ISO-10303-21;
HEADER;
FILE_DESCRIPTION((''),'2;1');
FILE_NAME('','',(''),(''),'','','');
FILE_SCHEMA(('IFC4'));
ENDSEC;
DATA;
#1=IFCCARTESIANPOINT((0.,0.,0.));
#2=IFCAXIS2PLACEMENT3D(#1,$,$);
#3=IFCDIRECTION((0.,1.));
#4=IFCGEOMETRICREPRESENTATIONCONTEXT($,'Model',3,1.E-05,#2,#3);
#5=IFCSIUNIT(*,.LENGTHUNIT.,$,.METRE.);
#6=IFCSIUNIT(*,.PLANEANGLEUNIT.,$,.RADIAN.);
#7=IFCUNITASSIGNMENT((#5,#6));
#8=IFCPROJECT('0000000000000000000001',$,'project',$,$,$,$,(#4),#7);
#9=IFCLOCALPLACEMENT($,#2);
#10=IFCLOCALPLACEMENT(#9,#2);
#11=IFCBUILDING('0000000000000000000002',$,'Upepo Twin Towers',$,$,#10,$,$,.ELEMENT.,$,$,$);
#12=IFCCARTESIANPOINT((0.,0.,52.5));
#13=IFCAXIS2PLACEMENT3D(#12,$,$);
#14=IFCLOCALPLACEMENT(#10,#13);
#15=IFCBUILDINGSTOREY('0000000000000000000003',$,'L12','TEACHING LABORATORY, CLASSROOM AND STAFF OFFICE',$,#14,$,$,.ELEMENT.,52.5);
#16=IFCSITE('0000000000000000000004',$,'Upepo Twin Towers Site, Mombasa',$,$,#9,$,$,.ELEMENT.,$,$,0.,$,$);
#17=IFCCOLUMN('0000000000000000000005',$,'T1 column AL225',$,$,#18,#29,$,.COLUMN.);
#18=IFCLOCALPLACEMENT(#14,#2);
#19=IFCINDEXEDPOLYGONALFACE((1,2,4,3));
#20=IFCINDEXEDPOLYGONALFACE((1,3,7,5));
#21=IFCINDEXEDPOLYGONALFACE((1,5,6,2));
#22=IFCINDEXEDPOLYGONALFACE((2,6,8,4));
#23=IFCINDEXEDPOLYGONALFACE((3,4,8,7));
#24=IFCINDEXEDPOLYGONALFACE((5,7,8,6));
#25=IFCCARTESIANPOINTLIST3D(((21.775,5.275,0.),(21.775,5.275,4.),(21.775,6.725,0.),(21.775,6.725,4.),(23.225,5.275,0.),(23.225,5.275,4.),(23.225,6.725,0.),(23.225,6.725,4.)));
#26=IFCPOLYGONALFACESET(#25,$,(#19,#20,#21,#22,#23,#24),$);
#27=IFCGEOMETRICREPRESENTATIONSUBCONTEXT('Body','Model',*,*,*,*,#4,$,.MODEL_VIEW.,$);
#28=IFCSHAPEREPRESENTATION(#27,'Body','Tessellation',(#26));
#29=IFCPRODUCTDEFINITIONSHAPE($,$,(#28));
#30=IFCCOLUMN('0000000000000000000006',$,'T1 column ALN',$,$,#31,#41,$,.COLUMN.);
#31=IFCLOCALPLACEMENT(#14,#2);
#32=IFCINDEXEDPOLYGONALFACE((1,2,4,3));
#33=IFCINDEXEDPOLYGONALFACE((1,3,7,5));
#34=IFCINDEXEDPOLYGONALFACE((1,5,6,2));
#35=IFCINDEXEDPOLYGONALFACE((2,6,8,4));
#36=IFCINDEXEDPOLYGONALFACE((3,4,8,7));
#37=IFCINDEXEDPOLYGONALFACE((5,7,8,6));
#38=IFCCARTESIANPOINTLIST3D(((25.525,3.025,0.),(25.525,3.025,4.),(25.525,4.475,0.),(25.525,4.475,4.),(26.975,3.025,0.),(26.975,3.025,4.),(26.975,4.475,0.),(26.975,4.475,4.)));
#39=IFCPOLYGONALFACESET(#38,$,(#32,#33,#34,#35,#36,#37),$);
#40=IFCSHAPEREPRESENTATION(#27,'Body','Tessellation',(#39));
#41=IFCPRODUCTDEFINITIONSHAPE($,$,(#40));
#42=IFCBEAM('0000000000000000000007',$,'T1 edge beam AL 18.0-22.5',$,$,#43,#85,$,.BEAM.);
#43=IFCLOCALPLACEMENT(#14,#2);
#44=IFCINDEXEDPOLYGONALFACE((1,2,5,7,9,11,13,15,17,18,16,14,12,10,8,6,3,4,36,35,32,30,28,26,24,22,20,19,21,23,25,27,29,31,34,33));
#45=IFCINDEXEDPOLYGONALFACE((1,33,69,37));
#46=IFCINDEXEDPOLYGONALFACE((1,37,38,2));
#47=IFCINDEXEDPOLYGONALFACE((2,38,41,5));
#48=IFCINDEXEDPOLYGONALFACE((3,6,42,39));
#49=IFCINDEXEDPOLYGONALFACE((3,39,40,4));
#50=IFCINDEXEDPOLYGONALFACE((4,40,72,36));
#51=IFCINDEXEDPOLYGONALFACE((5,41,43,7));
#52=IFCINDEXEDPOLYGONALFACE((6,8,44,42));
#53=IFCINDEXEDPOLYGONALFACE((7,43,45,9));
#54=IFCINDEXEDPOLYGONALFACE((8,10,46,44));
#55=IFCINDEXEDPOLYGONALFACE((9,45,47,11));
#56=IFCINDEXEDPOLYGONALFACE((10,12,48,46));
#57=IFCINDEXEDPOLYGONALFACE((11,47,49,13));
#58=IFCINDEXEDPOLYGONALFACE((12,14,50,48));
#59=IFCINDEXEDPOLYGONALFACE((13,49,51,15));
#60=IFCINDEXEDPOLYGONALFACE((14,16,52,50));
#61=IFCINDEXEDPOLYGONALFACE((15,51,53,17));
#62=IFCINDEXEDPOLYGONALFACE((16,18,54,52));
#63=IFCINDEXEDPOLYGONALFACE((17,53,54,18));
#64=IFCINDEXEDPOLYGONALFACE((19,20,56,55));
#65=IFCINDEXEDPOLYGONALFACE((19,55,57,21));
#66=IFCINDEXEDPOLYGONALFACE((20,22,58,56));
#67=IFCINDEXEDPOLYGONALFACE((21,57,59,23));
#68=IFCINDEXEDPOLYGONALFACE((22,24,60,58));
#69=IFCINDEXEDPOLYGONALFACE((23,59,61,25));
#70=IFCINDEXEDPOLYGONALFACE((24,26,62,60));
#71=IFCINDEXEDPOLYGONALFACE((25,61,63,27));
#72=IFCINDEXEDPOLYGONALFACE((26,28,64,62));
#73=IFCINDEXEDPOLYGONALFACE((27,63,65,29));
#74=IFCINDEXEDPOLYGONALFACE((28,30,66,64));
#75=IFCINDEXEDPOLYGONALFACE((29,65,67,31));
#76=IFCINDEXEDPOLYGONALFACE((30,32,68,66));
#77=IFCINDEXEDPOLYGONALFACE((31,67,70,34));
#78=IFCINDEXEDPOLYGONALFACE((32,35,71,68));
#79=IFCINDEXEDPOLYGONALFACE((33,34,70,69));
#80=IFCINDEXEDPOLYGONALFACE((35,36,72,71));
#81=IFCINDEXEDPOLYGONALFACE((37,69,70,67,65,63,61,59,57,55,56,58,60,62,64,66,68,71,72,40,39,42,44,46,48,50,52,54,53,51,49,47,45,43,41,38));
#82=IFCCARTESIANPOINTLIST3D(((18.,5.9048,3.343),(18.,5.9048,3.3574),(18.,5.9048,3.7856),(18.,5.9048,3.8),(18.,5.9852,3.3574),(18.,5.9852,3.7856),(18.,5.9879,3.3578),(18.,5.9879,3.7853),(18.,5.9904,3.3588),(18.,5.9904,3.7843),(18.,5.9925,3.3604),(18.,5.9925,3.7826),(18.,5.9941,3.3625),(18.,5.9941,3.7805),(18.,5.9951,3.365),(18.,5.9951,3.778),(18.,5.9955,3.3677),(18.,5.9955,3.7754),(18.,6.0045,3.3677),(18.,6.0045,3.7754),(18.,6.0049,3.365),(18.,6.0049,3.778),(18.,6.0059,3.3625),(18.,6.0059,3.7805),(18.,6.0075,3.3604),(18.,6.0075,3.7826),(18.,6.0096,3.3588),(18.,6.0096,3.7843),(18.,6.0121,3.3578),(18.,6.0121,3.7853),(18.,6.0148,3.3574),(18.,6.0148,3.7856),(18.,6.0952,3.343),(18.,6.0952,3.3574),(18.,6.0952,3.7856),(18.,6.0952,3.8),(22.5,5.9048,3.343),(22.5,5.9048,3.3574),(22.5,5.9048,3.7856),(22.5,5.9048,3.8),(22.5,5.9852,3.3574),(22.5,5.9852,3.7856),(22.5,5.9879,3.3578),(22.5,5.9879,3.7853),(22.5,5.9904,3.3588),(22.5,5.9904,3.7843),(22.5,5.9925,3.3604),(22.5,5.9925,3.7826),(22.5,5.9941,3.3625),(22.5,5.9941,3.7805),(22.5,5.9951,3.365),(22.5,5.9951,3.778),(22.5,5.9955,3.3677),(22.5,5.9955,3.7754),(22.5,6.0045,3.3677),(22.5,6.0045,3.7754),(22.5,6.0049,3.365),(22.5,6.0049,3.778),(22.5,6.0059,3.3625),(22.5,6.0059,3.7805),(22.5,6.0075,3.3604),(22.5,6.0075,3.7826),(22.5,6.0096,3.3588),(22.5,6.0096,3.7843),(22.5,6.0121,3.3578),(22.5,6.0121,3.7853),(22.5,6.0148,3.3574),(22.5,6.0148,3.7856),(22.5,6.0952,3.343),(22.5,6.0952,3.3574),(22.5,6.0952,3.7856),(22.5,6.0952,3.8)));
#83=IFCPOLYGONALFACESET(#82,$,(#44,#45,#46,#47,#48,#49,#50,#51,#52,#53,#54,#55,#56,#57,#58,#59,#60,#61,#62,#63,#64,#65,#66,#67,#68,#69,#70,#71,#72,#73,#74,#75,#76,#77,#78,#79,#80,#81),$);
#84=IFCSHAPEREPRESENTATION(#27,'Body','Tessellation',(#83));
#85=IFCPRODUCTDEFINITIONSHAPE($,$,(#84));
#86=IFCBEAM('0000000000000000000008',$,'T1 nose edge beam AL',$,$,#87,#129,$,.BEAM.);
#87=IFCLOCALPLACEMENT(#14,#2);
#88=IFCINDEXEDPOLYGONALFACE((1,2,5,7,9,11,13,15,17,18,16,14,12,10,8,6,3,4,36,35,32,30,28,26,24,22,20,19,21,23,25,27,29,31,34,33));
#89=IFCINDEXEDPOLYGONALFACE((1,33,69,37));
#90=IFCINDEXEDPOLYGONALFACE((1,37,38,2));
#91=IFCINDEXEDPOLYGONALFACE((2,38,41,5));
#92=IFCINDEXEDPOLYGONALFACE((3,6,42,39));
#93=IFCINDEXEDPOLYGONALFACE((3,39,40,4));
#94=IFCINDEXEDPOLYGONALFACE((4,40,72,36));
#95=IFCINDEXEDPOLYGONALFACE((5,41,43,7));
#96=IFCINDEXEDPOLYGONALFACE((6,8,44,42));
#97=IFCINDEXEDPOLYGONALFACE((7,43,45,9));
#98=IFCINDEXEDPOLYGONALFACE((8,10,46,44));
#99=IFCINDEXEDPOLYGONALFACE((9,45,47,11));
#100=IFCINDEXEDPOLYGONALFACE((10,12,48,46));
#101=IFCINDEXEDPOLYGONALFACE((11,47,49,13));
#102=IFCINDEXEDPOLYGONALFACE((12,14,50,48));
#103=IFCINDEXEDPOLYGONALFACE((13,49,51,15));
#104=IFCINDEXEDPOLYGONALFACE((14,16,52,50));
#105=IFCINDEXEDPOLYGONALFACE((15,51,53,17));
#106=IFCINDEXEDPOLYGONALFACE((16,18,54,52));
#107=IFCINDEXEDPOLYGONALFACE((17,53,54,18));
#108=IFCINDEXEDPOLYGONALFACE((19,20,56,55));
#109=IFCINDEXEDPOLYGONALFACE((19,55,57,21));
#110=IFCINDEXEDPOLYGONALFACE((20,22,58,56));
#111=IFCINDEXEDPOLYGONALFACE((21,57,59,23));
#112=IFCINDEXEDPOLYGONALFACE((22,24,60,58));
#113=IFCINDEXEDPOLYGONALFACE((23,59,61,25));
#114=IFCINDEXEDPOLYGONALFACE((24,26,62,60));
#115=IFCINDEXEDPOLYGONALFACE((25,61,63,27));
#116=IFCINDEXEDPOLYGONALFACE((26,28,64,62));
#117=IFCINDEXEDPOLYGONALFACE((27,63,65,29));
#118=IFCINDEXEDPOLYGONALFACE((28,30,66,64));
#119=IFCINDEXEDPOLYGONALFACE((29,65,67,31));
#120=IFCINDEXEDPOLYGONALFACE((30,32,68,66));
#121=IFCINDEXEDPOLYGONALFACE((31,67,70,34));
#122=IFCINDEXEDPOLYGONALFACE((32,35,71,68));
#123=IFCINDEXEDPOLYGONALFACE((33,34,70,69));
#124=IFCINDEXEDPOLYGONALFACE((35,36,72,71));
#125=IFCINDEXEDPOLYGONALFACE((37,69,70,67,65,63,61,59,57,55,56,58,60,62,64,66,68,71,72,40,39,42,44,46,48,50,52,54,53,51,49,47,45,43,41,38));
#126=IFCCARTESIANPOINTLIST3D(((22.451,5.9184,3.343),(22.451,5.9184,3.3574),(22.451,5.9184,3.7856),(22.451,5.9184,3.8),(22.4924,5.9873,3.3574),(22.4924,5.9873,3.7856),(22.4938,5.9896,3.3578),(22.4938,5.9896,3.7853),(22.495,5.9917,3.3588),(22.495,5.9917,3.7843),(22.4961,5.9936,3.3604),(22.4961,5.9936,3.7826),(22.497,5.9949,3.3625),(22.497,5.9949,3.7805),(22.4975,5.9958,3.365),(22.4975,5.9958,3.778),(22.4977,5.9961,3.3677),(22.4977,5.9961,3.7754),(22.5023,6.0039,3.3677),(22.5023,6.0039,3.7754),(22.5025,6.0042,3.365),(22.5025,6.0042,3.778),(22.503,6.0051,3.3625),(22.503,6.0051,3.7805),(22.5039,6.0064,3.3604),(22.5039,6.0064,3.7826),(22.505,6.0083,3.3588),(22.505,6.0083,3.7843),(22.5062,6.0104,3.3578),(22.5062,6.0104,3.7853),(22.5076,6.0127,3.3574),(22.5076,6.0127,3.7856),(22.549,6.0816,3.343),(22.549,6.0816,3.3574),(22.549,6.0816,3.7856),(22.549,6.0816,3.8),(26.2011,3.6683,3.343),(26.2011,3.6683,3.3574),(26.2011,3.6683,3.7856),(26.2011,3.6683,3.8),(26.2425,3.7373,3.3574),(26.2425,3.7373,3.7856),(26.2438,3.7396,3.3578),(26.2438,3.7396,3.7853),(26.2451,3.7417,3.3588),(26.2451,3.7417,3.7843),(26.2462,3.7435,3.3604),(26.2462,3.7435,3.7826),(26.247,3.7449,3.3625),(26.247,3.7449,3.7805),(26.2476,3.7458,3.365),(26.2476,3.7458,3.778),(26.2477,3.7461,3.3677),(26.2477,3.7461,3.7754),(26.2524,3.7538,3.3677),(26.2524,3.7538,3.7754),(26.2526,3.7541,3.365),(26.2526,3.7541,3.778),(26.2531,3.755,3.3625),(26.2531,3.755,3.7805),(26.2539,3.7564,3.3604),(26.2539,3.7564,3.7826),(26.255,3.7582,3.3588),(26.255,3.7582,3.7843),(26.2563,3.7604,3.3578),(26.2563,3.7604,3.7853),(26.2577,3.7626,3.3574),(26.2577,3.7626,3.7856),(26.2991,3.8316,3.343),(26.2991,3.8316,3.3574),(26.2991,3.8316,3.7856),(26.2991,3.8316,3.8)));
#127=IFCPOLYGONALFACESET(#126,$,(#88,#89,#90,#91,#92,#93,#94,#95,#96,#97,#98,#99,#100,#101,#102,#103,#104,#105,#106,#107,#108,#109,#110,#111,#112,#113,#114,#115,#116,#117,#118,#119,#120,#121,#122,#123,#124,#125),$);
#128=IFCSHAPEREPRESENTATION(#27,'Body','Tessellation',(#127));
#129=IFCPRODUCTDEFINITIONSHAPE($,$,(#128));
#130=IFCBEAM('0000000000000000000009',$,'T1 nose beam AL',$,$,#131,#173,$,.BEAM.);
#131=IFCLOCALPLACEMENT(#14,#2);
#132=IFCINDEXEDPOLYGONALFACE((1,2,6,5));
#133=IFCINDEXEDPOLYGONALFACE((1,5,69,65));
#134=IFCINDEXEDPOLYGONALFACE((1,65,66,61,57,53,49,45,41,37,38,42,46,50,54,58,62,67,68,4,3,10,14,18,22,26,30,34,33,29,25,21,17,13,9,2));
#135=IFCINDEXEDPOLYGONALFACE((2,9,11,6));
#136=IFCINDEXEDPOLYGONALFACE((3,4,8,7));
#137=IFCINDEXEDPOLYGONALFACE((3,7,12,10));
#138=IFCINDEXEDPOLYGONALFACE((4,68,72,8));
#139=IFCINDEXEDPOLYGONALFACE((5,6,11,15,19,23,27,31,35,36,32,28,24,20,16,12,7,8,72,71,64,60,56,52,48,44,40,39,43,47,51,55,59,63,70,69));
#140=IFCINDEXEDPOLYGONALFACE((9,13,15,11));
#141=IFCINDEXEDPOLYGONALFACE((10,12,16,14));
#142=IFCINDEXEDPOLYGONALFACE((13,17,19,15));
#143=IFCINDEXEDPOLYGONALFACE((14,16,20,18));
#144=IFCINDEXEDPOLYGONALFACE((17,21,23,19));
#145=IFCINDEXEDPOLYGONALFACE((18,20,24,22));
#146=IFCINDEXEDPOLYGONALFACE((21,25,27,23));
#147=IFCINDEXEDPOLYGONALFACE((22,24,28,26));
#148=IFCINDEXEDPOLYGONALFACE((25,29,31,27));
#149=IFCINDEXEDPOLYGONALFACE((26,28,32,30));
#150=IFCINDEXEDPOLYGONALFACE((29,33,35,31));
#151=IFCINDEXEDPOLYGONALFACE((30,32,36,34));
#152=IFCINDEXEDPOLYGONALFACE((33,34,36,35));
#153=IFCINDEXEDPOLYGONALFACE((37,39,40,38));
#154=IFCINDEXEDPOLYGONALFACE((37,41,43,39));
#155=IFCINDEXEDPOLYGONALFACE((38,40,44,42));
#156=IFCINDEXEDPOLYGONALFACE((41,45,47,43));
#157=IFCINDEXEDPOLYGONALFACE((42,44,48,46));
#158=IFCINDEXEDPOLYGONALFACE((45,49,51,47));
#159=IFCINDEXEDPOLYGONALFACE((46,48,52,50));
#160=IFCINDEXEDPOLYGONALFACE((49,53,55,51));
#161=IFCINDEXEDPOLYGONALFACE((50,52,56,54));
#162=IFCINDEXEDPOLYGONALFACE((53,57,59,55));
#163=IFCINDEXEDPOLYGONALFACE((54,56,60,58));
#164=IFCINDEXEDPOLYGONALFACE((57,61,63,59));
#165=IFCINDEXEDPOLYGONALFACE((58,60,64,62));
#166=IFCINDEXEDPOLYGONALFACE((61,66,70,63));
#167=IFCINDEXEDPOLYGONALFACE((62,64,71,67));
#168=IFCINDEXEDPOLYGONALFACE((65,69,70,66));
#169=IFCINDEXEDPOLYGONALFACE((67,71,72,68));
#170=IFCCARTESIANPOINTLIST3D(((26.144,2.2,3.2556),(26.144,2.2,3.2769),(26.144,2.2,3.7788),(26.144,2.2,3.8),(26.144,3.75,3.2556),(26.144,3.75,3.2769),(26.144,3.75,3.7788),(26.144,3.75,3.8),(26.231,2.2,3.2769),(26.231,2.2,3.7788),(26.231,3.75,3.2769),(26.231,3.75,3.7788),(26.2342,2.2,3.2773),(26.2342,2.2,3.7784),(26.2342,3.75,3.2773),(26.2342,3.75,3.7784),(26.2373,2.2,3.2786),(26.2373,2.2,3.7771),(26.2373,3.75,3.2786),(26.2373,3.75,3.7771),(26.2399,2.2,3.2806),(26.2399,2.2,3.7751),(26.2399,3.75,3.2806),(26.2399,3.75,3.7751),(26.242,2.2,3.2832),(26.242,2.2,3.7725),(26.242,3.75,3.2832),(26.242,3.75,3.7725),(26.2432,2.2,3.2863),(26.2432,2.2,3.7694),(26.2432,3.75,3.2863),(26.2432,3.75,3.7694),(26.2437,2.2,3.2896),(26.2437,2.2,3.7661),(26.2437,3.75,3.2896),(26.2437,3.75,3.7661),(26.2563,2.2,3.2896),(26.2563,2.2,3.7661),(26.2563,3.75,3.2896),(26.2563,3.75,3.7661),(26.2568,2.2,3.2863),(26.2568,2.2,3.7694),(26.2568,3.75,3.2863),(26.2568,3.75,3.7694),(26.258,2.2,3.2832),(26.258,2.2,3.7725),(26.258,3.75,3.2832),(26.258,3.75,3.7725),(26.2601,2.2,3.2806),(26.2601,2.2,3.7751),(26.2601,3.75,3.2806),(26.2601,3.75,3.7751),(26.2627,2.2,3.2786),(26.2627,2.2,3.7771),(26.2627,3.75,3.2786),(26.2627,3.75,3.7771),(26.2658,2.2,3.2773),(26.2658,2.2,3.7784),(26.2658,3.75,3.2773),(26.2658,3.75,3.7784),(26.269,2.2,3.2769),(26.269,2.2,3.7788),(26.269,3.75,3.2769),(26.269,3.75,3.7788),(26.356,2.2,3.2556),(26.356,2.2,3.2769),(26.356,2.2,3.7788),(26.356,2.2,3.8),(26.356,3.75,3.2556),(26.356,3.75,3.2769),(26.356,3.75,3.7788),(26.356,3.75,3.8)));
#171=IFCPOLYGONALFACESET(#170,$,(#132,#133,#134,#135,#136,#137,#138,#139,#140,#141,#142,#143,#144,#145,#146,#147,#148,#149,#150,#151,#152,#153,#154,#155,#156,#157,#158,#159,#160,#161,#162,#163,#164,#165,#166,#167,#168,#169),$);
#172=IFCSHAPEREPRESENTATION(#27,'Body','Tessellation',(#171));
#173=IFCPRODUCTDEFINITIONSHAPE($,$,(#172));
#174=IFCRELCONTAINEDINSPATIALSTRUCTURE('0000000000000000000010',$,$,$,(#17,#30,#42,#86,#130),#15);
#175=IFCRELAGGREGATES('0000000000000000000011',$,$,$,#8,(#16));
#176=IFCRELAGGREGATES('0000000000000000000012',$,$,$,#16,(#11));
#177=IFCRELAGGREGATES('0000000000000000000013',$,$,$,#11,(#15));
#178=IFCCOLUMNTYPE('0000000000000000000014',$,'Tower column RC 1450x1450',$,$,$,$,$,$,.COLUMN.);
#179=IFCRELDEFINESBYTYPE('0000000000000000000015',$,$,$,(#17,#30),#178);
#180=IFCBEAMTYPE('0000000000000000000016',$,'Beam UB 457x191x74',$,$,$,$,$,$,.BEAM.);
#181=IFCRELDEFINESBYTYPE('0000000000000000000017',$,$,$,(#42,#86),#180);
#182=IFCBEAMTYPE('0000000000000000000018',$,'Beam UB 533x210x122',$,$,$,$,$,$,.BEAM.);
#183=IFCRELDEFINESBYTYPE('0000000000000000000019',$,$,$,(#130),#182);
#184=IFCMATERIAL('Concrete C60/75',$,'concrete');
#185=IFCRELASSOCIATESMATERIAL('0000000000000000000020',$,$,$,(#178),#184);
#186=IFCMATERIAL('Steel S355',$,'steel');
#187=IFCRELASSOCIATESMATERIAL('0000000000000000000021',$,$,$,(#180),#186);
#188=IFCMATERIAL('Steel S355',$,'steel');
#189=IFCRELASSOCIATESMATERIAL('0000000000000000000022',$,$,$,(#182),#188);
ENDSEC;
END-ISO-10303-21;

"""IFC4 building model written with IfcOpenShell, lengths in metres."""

from ifc_helpers import new_model, si_unit, direction, frame, origin, origin_2d, place, context, subcontext, project, spatial, rectangle, i_section, extrude, material, material_profile, profile_set, type_object, element, save


model = new_model("IFC4")

# Units and contexts
model_context = context("Model", 3, precision=1e-05, world=origin(), true_north=direction((0.0, 1.0)))
body_context = subcontext(model_context, "Body", "Model", "MODEL_VIEW")
ifc_project = project(units=[si_unit("LENGTHUNIT", "METRE"), si_unit("PLANEANGLEUNIT", "RADIAN")], contexts=[model_context])

# Site, building, storey
site_placement = place(None, origin())
site = spatial("IfcSite", under=ifc_project, at=site_placement, Name="Upepo Twin Towers Site, Mombasa", CompositionType="ELEMENT", RefElevation=0.0)
building_placement = place(site_placement, origin())
building = spatial("IfcBuilding", under=site, at=building_placement, Name="Upepo Twin Towers", CompositionType="ELEMENT")
storey_placement = place(building_placement, frame((0.0, 0.0, 52.5)))
storey = spatial("IfcBuildingStorey", under=building, at=storey_placement, Name="L12", Description="TEACHING LABORATORY, CLASSROOM AND STAFF OFFICE", CompositionType="ELEMENT", Elevation=52.5)

# Columns
ifc_material_1 = material(Name="Concrete C60/75", Category="concrete")
ifc_material_profile_1 = material_profile(ifc_material_1, rectangle(XDim=1.45, YDim=1.45, at=origin_2d()), Name="RC 1450x1450")
ifc_profile_set_1 = profile_set([ifc_material_profile_1], Name="Concrete C60/75")
column_type = type_object("IfcColumnType", Name="Tower column RC 1450x1450", PredefinedType="COLUMN", material=ifc_profile_set_1)
for number, where, z_axis, x_axis, name in (
    (1, (22.5, 6.0, 0.0), (0.0, 0.0, 1.0), (1.0, 0.0, 0.0), "T1 column AL225"),
    (2, (26.25, 3.75, 0.0), (0.0, 0.0, 1.0), (1.0, 0.0, 0.0), "T1 column ALN"),
):
    element("IfcColumn", number, at=place(storey_placement, frame(where, z_axis=z_axis, x_axis=x_axis)), inside=storey, type_object=column_type, Name=name, PredefinedType="COLUMN", context=body_context, shape_type="SweptSolid", body=[
        extrude(rectangle(XDim=1.45, YDim=1.45, at=origin_2d()), origin(), (0.0, 0.0, 1.0), 4.0),
    ])

# Beams
ifc_material_2 = material(Name="Steel S355", Category="steel")
ifc_material_profile_2 = material_profile(ifc_material_2, i_section(OverallWidth=0.1904, OverallDepth=0.457, WebThickness=0.009, FlangeThickness=0.0144, FilletRadius=0.0103, at=origin_2d()), Name="UB 457x191x74")
ifc_profile_set_2 = profile_set([ifc_material_profile_2], Name="Steel S355")
beam_type_1 = type_object("IfcBeamType", Name="Beam UB 457x191x74", PredefinedType="BEAM", material=ifc_profile_set_2)
beam_1_placement = place(storey_placement, frame((18.0, 6.0, 3.5715), z_axis=(1.0, 0.0, 0.0), x_axis=(0.0, 1.0, 0.0)))
element("IfcBeam", 3, at=beam_1_placement, inside=storey, type_object=beam_type_1, Name="T1 edge beam AL 18.0-22.5", PredefinedType="BEAM", context=body_context, shape_type="SweptSolid", body=[
    extrude(i_section(OverallWidth=0.1904, OverallDepth=0.457, WebThickness=0.009, FlangeThickness=0.0144, FilletRadius=0.0103, at=origin_2d()), origin(), (0.0, 0.0, 1.0), 4.5),
])
beam_2_placement = place(storey_placement, frame((22.5, 6.0, 3.5715), z_axis=(0.857493, -0.514496, 0.0), x_axis=(0.514496, 0.857493, 0.0)))
element("IfcBeam", 4, at=beam_2_placement, inside=storey, type_object=beam_type_1, Name="T1 nose edge beam AL", PredefinedType="BEAM", context=body_context, shape_type="SweptSolid", body=[
    extrude(i_section(OverallWidth=0.1904, OverallDepth=0.457, WebThickness=0.009, FlangeThickness=0.0144, FilletRadius=0.0103, at=origin_2d()), origin(), (0.0, 0.0, 1.0), 4.3733),
])
ifc_material_3 = material(Name="Steel S355", Category="steel")
ifc_material_profile_3 = material_profile(ifc_material_3, i_section(OverallWidth=0.2119, OverallDepth=0.5444, WebThickness=0.0127, FlangeThickness=0.0212, FilletRadius=0.0127, at=origin_2d()), Name="UB 533x210x122")
ifc_profile_set_3 = profile_set([ifc_material_profile_3], Name="Steel S355")
beam_type_2 = type_object("IfcBeamType", Name="Beam UB 533x210x122", PredefinedType="BEAM", material=ifc_profile_set_3)
beam_3_placement = place(storey_placement, frame((26.25, 3.75, 3.5278), z_axis=(0.0, -1.0, 0.0), x_axis=(1.0, 0.0, 0.0)))
element("IfcBeam", 5, at=beam_3_placement, inside=storey, type_object=beam_type_2, Name="T1 nose beam AL", PredefinedType="BEAM", context=body_context, shape_type="SweptSolid", body=[
    extrude(i_section(OverallWidth=0.2119, OverallDepth=0.5444, WebThickness=0.0127, FlangeThickness=0.0212, FilletRadius=0.0127, at=origin_2d()), origin(), (0.0, 0.0, 1.0), 1.55),
])

save(model, "model.ifc")
